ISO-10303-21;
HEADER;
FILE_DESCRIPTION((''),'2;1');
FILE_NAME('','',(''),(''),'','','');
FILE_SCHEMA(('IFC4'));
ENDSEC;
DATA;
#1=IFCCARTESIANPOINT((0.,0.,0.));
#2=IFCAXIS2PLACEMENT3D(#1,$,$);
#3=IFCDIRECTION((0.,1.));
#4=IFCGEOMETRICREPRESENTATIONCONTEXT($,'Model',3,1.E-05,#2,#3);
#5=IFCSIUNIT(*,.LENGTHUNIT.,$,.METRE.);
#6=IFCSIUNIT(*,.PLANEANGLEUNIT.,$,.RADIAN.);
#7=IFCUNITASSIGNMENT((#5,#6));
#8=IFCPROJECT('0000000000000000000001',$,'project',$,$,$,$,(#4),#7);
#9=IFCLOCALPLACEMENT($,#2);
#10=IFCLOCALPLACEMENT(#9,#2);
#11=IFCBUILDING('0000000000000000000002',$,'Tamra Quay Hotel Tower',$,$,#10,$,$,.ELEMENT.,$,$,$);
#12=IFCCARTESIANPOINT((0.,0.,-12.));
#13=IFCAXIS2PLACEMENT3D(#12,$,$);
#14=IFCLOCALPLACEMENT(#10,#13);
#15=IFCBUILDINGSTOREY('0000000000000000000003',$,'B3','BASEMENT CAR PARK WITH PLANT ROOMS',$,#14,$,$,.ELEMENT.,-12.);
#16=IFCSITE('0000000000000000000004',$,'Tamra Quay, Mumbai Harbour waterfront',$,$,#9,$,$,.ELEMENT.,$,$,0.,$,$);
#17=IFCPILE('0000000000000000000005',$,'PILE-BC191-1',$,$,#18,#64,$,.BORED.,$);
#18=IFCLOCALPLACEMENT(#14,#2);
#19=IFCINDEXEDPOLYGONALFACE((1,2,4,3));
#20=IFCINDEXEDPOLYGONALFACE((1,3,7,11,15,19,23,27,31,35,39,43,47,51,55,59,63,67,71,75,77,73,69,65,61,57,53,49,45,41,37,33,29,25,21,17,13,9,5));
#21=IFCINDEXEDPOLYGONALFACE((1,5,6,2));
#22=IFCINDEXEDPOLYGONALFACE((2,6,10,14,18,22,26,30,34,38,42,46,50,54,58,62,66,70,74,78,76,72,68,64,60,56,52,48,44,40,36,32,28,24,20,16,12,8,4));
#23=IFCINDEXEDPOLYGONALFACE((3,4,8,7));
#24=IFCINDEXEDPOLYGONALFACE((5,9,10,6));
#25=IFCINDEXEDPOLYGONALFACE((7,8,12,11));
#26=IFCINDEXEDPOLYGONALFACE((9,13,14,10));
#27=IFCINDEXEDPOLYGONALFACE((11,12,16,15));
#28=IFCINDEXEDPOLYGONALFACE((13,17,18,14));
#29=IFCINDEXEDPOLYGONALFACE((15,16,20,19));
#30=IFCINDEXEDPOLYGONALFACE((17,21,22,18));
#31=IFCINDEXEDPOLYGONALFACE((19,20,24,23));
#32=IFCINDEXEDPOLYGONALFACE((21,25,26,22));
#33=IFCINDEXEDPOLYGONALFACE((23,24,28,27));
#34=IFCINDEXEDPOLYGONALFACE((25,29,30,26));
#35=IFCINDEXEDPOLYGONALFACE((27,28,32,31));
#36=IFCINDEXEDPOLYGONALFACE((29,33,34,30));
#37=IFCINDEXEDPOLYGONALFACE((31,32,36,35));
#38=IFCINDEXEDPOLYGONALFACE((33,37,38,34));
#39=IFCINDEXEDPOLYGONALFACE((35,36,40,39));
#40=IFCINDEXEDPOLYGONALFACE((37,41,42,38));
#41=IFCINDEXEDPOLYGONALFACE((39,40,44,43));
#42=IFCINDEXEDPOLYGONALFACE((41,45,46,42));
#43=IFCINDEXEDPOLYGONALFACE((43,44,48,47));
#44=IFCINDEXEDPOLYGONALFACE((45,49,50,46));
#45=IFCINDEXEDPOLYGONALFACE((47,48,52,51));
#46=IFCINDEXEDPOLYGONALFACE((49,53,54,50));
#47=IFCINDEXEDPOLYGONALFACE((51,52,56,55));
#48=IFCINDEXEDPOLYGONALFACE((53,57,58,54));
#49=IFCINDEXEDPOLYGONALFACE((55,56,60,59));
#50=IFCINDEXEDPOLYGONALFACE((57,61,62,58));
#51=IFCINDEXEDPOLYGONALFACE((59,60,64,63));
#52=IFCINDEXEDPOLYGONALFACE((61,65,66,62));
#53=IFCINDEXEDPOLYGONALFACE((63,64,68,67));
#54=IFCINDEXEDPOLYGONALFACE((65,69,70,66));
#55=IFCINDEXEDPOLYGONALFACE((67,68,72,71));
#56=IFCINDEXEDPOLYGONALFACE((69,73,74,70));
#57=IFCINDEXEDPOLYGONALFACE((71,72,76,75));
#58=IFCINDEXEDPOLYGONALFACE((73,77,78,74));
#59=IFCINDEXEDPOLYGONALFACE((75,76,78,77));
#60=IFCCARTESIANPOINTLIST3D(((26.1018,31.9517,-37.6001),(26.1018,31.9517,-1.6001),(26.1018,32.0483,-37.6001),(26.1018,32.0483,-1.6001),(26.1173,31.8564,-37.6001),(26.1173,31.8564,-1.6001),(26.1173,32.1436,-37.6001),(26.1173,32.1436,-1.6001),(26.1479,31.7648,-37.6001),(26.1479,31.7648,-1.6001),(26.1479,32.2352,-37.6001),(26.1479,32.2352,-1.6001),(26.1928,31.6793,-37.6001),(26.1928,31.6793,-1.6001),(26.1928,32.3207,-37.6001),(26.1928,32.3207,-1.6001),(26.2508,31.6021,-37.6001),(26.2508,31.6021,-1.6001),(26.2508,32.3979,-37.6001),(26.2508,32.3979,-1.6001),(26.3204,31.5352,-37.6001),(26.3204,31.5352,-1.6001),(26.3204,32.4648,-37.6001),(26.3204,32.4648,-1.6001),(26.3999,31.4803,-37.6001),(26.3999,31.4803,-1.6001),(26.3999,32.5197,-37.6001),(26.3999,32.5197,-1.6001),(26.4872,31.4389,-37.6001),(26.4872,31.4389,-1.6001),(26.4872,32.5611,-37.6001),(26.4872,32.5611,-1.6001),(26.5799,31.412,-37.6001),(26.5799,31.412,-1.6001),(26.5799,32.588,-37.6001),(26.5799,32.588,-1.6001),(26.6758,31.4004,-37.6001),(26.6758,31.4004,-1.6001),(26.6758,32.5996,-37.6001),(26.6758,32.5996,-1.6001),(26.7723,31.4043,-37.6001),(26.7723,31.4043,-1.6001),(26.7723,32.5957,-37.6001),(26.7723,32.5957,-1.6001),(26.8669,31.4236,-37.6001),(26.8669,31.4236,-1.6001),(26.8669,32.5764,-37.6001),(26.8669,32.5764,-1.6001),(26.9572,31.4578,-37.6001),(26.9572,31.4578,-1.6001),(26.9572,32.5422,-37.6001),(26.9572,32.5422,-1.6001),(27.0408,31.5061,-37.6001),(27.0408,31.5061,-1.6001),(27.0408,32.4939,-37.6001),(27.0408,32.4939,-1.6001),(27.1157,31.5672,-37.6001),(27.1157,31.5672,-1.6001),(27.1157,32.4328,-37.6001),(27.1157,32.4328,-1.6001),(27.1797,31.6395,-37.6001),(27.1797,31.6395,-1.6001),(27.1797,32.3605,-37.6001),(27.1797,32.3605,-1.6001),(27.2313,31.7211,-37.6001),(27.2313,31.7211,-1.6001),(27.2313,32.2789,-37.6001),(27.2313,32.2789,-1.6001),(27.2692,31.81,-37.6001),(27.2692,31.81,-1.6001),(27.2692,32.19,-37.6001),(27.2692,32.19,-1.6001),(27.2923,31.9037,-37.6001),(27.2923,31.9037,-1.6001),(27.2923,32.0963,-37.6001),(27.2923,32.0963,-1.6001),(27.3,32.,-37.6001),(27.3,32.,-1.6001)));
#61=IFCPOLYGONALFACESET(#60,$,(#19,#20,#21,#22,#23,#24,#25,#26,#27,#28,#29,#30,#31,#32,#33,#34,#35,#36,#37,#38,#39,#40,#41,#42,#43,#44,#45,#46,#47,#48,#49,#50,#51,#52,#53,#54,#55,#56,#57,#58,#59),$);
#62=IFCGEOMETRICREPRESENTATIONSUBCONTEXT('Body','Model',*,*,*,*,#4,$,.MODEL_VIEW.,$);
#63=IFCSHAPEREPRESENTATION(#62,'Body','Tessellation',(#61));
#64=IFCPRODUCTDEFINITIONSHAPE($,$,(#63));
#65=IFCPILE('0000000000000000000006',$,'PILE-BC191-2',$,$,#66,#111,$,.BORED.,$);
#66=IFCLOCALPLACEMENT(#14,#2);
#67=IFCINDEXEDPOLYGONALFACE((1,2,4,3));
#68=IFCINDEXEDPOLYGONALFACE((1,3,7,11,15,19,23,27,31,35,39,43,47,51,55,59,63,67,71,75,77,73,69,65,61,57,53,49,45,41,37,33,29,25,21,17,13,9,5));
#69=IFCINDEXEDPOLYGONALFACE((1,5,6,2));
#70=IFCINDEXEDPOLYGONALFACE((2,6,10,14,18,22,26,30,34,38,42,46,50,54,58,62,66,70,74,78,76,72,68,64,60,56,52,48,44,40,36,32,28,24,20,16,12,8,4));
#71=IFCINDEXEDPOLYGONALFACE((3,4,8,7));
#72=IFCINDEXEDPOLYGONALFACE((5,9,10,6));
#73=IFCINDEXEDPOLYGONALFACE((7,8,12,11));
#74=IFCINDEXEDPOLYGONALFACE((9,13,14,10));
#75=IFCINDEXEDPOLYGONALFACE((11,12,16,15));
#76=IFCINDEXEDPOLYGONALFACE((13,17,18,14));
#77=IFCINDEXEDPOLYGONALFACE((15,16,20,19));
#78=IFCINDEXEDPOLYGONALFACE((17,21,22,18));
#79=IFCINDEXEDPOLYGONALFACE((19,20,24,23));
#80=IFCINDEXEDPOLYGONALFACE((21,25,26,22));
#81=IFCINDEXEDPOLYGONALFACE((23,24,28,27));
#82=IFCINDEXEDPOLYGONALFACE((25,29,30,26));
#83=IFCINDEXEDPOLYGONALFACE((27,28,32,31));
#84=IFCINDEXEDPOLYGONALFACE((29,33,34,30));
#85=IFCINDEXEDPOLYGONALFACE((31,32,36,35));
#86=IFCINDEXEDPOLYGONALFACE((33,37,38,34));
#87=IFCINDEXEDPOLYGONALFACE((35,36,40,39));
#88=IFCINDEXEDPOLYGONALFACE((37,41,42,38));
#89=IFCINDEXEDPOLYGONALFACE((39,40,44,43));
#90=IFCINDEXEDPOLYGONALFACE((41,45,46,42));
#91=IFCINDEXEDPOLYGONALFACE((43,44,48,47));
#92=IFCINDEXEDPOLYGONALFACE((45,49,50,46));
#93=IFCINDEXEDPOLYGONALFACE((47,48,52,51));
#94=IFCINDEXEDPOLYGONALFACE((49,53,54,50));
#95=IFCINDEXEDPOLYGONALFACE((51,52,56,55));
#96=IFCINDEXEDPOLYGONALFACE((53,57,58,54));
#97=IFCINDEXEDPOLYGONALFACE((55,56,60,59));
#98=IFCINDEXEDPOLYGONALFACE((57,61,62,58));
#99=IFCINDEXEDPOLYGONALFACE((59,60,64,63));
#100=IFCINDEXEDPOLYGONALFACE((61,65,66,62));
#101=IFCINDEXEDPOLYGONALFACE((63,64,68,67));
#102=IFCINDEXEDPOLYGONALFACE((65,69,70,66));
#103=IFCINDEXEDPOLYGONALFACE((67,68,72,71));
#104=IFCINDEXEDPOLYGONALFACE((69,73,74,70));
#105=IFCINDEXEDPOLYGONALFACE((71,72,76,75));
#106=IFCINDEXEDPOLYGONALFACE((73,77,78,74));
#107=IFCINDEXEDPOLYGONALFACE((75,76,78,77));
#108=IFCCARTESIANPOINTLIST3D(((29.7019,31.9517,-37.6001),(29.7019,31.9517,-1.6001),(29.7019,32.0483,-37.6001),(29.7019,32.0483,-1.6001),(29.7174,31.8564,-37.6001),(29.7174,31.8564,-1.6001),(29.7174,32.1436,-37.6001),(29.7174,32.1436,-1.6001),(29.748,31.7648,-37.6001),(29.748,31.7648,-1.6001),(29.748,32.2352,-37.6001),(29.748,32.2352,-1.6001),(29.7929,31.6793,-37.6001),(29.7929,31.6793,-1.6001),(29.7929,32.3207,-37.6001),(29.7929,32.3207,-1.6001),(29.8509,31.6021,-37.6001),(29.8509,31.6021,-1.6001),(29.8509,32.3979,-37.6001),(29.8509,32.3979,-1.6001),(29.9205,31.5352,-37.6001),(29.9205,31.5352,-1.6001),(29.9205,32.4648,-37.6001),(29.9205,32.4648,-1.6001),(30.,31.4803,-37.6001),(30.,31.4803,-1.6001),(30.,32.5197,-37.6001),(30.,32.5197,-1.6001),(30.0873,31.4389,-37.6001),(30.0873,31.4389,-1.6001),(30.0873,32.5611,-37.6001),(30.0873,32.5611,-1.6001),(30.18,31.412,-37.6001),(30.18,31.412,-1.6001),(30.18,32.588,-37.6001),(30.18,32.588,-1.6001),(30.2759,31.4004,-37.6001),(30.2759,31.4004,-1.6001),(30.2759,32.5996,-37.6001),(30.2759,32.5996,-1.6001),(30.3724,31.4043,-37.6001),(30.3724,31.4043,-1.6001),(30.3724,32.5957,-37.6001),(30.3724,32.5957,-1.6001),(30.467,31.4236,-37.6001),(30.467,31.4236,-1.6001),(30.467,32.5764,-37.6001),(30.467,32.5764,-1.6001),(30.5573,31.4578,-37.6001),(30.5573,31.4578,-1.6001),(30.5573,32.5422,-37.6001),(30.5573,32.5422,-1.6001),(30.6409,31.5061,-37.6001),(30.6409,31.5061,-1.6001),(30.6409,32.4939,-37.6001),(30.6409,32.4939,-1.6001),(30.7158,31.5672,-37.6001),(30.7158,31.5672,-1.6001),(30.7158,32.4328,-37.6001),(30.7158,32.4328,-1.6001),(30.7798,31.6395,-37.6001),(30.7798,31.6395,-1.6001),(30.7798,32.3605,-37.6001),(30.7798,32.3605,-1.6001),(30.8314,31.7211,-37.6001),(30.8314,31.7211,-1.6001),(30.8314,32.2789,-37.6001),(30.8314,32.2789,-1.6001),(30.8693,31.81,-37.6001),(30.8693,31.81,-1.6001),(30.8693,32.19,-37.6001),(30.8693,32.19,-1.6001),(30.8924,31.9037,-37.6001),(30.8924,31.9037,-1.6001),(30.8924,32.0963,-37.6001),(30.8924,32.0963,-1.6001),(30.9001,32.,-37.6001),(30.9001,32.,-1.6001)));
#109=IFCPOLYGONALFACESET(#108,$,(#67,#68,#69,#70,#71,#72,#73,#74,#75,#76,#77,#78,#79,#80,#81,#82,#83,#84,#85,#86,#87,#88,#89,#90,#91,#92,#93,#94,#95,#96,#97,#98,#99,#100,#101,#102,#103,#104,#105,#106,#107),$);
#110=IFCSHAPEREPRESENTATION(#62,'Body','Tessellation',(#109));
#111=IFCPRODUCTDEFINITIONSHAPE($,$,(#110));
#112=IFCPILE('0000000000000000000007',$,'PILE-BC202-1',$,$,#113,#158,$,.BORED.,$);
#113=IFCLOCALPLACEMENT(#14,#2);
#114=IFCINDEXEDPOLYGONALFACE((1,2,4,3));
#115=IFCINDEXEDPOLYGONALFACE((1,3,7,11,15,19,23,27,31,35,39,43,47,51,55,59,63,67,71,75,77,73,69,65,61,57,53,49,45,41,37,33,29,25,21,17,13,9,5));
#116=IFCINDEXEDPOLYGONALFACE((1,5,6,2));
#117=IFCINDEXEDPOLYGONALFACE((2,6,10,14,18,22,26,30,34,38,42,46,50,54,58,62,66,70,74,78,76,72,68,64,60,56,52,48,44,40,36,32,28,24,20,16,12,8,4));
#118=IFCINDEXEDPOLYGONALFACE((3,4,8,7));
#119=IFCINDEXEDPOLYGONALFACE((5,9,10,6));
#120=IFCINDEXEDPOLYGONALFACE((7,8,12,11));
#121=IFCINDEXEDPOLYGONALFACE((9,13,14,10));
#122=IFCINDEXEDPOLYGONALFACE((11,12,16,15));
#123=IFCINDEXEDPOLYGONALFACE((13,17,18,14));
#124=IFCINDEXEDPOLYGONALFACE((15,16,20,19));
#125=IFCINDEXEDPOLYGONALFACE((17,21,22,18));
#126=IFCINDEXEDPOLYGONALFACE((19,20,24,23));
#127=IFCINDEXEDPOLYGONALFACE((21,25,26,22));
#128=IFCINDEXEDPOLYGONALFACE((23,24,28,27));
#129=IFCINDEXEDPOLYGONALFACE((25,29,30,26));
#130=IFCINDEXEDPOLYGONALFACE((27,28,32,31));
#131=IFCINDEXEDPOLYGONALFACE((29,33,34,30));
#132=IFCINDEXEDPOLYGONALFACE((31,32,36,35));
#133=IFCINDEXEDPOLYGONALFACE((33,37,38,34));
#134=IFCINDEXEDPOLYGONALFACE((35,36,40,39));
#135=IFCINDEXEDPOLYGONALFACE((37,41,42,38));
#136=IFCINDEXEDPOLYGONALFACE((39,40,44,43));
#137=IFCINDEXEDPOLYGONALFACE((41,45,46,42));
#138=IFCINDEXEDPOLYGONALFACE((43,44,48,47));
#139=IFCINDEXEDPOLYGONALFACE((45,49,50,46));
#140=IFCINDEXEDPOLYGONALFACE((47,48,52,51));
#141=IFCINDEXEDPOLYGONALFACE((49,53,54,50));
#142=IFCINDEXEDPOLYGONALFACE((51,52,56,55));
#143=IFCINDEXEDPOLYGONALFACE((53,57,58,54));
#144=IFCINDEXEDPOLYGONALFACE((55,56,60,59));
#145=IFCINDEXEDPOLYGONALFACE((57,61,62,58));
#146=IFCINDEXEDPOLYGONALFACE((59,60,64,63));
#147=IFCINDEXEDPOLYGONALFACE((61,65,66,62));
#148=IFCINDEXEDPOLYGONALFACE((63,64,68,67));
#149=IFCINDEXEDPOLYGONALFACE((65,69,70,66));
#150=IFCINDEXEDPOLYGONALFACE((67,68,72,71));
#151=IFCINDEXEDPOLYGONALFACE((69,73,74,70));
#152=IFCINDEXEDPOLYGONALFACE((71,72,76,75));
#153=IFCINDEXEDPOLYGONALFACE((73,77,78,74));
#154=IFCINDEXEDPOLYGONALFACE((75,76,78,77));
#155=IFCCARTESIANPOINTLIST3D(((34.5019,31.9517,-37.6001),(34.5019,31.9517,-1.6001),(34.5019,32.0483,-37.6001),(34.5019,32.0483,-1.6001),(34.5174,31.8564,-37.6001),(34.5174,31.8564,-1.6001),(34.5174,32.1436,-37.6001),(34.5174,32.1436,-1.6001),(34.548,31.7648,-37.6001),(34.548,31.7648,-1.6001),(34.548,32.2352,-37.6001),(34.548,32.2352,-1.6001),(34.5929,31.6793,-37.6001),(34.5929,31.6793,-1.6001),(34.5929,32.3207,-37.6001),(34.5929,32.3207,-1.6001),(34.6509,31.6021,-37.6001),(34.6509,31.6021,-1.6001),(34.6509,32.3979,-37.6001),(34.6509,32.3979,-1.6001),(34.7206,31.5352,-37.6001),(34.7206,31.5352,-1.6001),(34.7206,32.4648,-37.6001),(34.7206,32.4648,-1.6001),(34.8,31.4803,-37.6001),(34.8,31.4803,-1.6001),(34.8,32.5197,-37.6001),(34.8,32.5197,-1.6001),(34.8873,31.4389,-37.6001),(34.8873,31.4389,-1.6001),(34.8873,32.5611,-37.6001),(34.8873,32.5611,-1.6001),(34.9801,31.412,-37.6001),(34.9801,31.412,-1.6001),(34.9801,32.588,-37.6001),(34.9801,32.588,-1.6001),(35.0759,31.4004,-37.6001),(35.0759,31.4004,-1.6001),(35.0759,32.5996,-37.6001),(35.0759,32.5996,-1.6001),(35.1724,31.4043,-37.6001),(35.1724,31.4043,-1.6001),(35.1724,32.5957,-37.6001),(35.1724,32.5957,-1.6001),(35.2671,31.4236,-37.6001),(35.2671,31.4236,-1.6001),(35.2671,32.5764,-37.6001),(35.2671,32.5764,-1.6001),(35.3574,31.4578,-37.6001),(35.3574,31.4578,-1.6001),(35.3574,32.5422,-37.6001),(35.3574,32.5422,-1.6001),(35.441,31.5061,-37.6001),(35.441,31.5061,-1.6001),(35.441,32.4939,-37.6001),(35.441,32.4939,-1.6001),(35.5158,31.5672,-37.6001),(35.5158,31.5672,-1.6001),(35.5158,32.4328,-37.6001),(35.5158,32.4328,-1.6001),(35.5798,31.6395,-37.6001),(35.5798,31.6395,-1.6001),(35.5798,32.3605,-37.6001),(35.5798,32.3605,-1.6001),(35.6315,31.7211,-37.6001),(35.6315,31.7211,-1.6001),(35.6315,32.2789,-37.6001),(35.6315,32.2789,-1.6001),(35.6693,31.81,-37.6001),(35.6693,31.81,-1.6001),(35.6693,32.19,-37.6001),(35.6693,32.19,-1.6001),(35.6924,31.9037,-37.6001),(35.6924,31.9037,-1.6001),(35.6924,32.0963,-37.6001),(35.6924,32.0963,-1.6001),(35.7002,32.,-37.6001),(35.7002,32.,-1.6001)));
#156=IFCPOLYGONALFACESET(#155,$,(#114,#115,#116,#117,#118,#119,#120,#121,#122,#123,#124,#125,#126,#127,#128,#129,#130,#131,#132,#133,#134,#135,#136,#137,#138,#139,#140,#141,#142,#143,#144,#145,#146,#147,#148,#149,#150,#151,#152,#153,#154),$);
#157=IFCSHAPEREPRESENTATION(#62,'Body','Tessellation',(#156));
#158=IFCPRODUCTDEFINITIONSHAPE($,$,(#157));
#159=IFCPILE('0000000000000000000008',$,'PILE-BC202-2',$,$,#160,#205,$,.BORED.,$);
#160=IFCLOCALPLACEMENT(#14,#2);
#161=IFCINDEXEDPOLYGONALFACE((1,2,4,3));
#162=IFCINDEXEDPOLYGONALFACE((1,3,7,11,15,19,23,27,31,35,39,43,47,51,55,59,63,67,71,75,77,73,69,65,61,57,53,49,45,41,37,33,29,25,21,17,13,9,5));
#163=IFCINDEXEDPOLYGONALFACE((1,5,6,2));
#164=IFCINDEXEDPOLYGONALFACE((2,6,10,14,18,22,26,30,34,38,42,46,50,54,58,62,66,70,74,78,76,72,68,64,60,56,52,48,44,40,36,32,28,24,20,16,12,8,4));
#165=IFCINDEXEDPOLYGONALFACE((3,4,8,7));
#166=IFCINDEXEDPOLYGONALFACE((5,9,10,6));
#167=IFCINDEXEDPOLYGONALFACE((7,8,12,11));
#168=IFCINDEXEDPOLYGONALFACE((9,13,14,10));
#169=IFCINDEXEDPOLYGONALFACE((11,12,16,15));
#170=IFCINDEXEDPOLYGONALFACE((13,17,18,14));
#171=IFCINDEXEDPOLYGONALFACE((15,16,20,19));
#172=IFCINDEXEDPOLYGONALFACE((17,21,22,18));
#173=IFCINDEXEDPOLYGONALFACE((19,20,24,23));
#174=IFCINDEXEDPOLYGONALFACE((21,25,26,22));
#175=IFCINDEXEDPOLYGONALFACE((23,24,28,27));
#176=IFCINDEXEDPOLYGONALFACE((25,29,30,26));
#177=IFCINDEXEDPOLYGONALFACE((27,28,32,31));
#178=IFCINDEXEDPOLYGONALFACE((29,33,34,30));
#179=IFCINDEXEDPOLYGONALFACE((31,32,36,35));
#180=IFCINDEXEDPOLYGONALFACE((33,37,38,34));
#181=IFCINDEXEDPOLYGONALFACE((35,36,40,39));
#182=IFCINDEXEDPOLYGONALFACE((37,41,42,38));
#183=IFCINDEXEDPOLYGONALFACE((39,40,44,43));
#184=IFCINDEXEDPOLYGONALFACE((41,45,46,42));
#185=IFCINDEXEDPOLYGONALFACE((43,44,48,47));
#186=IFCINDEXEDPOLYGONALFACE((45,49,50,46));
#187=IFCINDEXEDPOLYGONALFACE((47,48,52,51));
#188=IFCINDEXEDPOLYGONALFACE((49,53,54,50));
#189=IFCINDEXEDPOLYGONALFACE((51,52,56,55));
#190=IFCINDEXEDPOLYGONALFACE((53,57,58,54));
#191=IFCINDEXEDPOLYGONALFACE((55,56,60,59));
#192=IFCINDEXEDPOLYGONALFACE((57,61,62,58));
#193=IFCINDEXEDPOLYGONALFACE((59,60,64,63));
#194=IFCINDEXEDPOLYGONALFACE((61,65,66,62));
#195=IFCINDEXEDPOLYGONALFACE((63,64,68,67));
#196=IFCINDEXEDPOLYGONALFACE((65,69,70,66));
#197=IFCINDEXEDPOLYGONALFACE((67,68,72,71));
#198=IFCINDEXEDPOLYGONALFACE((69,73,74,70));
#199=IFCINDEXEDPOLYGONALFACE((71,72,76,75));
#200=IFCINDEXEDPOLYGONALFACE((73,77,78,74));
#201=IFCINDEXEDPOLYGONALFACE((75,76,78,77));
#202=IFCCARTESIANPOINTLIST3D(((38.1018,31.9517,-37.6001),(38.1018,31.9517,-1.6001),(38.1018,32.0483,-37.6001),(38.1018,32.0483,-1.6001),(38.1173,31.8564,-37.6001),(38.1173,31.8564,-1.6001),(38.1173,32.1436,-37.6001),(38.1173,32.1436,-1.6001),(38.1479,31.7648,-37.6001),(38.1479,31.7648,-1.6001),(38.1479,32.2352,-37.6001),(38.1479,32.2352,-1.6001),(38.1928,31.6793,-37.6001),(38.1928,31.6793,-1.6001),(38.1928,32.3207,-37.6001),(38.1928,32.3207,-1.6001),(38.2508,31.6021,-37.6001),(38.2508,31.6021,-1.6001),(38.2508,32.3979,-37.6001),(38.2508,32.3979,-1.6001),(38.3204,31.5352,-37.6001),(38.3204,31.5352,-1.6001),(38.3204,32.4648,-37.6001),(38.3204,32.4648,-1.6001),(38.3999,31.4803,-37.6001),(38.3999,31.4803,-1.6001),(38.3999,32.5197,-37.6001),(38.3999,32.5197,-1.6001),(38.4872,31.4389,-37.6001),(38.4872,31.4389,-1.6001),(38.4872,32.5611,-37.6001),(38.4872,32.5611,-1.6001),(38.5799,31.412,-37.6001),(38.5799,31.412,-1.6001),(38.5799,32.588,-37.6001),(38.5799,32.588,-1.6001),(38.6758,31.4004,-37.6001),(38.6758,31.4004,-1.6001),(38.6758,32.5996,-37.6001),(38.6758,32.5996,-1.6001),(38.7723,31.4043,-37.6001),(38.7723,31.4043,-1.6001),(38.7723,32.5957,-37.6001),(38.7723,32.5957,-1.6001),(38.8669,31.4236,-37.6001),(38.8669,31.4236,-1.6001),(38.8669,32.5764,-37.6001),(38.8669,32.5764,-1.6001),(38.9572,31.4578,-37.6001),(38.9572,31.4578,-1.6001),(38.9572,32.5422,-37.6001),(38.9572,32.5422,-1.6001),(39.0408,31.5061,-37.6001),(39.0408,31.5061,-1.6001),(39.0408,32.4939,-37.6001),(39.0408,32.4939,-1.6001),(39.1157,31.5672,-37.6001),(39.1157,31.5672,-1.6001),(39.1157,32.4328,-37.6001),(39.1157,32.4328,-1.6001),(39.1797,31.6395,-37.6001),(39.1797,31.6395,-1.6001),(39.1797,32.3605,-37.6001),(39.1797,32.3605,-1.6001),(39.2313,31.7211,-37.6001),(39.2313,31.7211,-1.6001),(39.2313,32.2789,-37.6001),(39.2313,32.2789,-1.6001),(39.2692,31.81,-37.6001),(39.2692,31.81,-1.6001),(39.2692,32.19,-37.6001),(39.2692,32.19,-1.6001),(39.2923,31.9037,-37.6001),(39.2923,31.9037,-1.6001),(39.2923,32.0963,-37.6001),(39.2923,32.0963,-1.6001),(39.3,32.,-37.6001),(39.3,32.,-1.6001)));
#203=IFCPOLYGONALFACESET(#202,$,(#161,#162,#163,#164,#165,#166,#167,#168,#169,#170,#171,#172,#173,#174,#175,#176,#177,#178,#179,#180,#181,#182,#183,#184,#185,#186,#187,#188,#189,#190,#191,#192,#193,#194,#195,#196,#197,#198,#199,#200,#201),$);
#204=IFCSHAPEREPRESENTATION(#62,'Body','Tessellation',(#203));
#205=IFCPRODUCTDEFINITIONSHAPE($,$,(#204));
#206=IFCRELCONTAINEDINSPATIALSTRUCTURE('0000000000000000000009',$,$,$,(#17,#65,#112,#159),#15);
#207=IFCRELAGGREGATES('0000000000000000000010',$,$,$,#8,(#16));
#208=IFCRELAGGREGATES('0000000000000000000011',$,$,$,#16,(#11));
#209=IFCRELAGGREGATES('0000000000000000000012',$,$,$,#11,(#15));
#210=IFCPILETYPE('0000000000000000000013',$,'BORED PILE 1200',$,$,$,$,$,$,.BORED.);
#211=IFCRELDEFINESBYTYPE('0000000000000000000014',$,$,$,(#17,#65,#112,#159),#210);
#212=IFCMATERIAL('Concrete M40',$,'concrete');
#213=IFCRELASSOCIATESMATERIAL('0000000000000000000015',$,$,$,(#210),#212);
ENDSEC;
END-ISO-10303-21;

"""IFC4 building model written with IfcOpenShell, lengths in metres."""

from ifc_helpers import new_model, si_unit, direction, frame, origin, origin_2d, place, context, subcontext, project, spatial, circle, extrude, material, material_profile, profile_set, type_object, element, save


model = new_model("IFC4")

# Units and contexts
model_context = context("Model", 3, precision=1e-05, world=origin(), true_north=direction((0.0, 1.0)))
body_context = subcontext(model_context, "Body", "Model", "MODEL_VIEW")
ifc_project = project(units=[si_unit("LENGTHUNIT", "METRE"), si_unit("PLANEANGLEUNIT", "RADIAN")], contexts=[model_context])

# Site, building, storey
site_placement = place(None, origin())
site = spatial("IfcSite", under=ifc_project, at=site_placement, Name="Tamra Quay, Mumbai Harbour waterfront", CompositionType="ELEMENT", RefElevation=0.0)
building_placement = place(site_placement, origin())
building = spatial("IfcBuilding", under=site, at=building_placement, Name="Tamra Quay Hotel Tower", CompositionType="ELEMENT")
storey_placement = place(building_placement, frame((0.0, 0.0, -12.0)))
storey = spatial("IfcBuildingStorey", under=building, at=storey_placement, Name="B3", Description="BASEMENT CAR PARK WITH PLANT ROOMS", CompositionType="ELEMENT", Elevation=-12.0)

# Piles
ifc_material_1 = material(Name="Concrete M40", Category="concrete")
ifc_material_profile_1 = material_profile(ifc_material_1, circle(Radius=0.6001, at=origin_2d()), Name="BORED PILE 1200")
ifc_profile_set_1 = profile_set([ifc_material_profile_1], Name="Concrete M40")
pile_type_1 = type_object("IfcPileType", Name="BORED PILE 1200", PredefinedType="BORED", material=ifc_profile_set_1)
for number, where, z_axis, x_axis, name in (
    (1, (26.7, 32.0, -1.6001), (0.0, 0.0, -1.0), (1.0, 0.0, 0.0), "PILE-BC191-1"),
    (2, (30.3, 32.0, -1.6001), (0.0, 0.0, -1.0), (1.0, 0.0, 0.0), "PILE-BC191-2"),
    (3, (35.1001, 32.0, -1.6001), (0.0, 0.0, -1.0), (1.0, 0.0, 0.0), "PILE-BC202-1"),
    (4, (38.7, 32.0, -1.6001), (0.0, 0.0, -1.0), (1.0, 0.0, 0.0), "PILE-BC202-2"),
):
    element("IfcPile", number, at=place(storey_placement, frame(where, z_axis=z_axis, x_axis=x_axis)), inside=storey, type_object=pile_type_1, Name=name, PredefinedType="BORED", context=body_context, shape_type="SweptSolid", body=[
        extrude(circle(Radius=0.6001, at=origin_2d()), origin(), (0.0, 0.0, 1.0), 36.0),
    ])

save(model, "model.ifc")
